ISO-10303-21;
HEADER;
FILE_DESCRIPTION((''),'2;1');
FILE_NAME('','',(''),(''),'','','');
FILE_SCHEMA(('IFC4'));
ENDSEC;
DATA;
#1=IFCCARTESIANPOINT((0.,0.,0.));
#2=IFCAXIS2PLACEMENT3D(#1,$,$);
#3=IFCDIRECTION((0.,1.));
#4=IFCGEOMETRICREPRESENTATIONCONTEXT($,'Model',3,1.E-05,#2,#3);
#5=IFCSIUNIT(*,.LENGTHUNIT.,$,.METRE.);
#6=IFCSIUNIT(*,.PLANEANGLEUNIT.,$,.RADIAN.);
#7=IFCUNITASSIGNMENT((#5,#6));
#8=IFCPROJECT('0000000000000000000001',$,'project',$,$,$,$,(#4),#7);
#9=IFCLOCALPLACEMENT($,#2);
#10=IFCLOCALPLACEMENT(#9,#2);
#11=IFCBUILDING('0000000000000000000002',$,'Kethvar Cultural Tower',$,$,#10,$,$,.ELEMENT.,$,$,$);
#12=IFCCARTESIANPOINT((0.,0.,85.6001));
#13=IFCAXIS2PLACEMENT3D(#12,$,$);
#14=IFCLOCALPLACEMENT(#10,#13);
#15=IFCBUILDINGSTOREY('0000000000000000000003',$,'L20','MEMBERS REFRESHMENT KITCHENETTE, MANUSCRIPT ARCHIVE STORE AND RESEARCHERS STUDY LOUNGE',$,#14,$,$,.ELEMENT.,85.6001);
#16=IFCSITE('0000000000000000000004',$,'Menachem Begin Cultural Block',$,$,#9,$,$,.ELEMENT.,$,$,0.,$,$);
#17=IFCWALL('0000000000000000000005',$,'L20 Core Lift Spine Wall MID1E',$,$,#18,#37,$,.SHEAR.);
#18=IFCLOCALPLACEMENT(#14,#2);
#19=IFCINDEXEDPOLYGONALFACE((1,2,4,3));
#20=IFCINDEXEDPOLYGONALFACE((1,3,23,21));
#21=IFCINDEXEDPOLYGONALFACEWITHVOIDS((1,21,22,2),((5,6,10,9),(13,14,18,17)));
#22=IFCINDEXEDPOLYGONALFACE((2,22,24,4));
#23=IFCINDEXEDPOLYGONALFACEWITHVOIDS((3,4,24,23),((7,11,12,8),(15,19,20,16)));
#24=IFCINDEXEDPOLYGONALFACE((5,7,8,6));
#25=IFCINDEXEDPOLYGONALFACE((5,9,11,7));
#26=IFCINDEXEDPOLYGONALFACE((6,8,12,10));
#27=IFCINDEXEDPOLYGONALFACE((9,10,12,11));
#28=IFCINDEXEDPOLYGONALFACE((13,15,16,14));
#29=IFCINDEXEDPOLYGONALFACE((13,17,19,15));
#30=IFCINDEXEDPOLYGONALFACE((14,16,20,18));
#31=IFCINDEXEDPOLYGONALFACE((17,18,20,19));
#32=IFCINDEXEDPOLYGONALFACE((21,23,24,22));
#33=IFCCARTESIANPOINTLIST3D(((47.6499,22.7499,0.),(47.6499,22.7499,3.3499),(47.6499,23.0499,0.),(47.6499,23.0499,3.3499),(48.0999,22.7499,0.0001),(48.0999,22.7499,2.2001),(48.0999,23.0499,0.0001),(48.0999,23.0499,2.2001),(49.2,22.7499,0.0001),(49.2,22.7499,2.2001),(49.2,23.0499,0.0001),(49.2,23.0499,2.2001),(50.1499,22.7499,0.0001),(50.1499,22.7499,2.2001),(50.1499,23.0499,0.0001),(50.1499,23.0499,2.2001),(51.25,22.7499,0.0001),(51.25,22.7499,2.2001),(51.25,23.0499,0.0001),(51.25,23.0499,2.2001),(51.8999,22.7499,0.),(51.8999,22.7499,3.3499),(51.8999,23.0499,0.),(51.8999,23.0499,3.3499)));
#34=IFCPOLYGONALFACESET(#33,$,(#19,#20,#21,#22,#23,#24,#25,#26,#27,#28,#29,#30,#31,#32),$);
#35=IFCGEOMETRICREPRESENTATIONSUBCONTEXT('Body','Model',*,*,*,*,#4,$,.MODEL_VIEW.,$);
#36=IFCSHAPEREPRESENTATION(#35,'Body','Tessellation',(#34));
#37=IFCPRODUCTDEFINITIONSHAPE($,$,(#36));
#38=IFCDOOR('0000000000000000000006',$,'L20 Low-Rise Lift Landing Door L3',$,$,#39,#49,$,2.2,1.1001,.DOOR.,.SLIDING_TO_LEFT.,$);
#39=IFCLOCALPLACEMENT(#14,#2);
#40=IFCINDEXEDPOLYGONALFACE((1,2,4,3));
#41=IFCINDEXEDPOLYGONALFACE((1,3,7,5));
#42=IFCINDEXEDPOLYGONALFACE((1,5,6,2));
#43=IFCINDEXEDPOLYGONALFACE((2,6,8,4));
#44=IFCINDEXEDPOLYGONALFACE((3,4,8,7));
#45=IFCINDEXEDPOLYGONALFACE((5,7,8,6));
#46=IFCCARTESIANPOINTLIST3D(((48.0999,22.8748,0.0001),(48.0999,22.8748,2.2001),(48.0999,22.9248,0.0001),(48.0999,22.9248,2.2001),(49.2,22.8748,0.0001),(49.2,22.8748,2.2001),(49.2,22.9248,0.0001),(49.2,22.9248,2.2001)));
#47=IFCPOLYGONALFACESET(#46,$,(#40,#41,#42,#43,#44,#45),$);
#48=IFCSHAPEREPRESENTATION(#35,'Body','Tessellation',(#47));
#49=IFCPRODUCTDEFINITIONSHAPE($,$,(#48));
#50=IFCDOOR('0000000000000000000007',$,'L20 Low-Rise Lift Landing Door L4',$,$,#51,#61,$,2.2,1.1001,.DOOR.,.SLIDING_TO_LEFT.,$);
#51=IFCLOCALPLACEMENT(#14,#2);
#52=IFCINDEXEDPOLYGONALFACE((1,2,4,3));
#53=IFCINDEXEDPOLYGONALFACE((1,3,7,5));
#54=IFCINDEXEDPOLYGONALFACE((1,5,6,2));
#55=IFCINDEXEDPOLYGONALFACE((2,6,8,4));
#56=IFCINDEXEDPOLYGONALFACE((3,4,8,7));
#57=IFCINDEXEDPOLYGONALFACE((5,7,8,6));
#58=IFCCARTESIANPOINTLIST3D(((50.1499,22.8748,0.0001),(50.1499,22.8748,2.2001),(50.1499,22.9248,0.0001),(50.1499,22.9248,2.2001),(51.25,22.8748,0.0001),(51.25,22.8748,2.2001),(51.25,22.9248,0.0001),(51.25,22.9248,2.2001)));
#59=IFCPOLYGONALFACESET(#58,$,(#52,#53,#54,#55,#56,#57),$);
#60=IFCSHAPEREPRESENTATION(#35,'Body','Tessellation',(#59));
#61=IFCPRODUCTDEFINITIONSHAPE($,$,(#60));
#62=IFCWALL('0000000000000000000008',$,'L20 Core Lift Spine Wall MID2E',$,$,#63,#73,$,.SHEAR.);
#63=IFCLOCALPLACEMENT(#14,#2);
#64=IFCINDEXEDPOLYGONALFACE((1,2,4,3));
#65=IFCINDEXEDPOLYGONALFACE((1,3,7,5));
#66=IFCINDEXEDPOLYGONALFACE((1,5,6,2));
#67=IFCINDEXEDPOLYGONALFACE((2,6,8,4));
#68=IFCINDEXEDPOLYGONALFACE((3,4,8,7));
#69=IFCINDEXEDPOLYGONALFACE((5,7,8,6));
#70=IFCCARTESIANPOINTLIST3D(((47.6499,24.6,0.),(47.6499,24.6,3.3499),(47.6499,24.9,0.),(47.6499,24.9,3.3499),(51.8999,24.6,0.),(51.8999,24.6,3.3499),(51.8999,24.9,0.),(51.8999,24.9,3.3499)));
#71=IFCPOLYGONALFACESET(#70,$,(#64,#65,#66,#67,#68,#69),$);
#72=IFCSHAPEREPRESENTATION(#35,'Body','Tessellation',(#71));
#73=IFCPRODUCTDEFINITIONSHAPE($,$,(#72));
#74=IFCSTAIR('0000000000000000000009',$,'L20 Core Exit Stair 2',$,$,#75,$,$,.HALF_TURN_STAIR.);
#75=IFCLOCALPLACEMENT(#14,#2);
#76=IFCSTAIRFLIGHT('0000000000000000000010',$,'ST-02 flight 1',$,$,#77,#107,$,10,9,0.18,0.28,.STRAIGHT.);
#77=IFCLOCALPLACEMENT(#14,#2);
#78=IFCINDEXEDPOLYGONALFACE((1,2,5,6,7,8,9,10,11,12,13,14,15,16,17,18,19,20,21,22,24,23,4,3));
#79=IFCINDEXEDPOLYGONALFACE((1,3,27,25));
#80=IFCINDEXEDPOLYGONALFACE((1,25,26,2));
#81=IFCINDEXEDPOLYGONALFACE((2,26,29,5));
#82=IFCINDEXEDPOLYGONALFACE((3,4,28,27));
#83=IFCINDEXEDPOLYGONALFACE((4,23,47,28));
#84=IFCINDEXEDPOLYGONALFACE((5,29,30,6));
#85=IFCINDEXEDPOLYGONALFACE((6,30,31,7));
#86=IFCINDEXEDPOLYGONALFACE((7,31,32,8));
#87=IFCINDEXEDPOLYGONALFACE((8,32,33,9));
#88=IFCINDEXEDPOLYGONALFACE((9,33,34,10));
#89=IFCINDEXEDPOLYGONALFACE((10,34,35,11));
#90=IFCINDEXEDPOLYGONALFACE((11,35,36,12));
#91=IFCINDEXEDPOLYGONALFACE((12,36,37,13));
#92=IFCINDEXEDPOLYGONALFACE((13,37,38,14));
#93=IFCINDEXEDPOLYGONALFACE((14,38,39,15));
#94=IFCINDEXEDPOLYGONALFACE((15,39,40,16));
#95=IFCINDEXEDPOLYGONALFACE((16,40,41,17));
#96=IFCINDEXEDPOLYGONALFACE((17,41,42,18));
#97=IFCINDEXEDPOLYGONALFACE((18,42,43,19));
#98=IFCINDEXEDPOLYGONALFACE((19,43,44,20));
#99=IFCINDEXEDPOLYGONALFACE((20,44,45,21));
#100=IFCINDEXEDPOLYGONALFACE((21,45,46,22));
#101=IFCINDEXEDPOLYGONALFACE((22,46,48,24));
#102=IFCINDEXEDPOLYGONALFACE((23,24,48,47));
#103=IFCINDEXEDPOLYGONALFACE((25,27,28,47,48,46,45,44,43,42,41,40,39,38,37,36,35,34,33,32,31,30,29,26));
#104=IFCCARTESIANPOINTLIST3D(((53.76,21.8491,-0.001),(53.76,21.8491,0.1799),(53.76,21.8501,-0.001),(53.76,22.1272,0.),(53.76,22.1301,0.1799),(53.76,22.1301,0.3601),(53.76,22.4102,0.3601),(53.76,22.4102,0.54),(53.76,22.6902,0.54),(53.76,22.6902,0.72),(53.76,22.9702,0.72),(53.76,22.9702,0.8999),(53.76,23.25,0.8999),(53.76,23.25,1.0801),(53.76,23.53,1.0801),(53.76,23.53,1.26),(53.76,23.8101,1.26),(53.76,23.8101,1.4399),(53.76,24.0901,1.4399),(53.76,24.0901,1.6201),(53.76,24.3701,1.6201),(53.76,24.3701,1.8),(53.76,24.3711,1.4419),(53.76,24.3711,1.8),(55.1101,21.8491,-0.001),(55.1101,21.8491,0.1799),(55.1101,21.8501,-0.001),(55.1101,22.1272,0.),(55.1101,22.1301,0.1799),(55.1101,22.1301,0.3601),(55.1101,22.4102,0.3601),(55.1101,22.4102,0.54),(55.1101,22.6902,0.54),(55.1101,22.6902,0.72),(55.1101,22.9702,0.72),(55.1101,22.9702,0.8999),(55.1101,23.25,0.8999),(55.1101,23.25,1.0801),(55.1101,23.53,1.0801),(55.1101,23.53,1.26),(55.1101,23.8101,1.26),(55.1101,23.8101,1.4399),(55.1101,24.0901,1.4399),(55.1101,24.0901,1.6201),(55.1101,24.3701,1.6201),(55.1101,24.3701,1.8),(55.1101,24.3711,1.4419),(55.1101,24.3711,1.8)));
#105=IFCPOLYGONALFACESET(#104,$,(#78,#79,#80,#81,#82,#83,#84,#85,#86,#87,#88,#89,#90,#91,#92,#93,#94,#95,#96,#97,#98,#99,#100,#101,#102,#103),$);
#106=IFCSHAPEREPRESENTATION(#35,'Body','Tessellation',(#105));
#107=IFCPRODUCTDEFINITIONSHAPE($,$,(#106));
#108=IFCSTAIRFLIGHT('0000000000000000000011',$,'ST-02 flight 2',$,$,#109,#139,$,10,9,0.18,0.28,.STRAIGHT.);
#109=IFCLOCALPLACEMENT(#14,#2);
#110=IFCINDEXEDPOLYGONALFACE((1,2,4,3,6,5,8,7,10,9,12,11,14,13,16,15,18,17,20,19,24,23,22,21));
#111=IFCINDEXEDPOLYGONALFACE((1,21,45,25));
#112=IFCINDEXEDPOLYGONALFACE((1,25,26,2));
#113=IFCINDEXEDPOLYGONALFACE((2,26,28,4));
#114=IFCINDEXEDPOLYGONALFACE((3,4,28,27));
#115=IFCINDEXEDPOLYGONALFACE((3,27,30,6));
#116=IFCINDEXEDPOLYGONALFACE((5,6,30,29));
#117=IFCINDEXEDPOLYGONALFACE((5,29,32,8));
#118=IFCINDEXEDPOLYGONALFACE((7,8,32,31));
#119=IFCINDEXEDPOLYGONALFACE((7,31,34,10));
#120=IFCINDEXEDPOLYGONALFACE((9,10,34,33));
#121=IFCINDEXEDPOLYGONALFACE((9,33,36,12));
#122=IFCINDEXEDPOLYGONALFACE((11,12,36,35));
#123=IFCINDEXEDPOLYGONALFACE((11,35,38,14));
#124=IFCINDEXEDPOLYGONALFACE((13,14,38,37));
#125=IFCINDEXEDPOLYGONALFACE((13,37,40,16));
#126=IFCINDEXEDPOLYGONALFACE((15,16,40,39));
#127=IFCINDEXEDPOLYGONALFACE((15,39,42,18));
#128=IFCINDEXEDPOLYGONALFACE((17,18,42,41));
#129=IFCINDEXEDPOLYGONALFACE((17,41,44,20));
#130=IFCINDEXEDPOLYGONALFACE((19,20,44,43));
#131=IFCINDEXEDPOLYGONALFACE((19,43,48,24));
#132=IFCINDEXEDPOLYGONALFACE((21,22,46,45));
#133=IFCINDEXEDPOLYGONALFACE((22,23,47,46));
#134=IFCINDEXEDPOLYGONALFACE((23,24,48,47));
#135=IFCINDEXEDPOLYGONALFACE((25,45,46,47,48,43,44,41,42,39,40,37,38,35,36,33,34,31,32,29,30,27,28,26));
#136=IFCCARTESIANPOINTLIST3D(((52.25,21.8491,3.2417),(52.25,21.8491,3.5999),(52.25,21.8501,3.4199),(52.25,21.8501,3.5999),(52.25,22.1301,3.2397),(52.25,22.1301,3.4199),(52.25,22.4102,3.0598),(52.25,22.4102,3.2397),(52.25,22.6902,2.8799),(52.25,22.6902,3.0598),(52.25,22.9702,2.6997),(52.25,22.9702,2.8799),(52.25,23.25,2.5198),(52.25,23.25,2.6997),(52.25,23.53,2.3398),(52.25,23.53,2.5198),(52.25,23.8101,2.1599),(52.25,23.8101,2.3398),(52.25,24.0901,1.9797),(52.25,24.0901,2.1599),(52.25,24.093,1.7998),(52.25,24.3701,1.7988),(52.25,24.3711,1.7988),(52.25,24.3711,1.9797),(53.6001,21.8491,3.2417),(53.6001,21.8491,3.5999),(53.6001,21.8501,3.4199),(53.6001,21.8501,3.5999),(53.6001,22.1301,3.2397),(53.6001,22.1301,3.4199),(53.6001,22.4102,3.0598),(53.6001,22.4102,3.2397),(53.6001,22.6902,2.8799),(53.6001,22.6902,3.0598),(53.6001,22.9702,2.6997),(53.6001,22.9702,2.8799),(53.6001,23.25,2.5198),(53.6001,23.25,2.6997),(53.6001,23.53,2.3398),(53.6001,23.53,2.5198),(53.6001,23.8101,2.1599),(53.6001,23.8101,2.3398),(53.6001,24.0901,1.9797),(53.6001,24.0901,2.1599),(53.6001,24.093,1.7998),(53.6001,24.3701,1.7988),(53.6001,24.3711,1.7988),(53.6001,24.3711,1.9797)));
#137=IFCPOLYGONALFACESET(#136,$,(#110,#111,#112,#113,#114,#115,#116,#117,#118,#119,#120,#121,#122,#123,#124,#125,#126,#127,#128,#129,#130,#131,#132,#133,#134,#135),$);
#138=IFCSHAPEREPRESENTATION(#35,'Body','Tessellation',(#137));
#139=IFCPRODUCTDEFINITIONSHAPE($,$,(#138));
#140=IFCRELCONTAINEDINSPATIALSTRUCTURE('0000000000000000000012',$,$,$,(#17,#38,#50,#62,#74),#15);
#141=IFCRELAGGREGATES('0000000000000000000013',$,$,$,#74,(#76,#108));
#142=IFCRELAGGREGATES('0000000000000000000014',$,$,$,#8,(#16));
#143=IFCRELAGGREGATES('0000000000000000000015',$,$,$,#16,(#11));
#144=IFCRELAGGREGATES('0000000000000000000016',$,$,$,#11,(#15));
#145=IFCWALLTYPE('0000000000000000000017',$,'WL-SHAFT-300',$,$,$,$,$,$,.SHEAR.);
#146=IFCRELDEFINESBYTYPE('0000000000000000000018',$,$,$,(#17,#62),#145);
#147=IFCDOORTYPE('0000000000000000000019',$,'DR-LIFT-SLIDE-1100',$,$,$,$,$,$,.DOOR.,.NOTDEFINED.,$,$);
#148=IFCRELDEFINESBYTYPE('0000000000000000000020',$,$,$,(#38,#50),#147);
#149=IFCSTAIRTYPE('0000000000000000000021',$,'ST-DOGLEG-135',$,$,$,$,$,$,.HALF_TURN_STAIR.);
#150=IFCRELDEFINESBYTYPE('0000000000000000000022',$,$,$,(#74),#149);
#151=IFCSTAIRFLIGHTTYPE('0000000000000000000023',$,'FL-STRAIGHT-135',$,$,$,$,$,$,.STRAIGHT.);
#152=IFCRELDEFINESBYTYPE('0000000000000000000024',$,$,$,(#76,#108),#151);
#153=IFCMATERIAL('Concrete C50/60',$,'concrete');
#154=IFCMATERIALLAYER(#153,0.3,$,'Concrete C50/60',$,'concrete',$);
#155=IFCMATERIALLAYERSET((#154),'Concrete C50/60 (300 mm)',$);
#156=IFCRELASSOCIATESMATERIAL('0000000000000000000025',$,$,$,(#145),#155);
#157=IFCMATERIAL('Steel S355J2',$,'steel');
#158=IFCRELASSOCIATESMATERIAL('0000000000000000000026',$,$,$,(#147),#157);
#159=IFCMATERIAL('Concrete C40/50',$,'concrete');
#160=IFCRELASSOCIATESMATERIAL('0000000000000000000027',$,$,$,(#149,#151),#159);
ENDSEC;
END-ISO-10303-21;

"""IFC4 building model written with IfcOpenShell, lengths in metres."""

from ifc_helpers import new_model, si_unit, direction, frame, frame_2d, origin, place, context, subcontext, project, spatial, polyline, rectangle, outline, extrude, source, transform, mapped, material, layer, layer_set, type_object, element, fill, aggregate, save


model = new_model("IFC4")

# Units and contexts
model_context = context("Model", 3, precision=1e-05, world=origin(), true_north=direction((0.0, 1.0)))
body_context = subcontext(model_context, "Body", "Model", "MODEL_VIEW")
ifc_project = project(units=[si_unit("LENGTHUNIT", "METRE"), si_unit("PLANEANGLEUNIT", "RADIAN")], contexts=[model_context])

# Site, building, storey
site_placement = place(None, origin())
site = spatial("IfcSite", under=ifc_project, at=site_placement, Name="Menachem Begin Cultural Block", CompositionType="ELEMENT", RefElevation=0.0)
building_placement = place(site_placement, origin())
building = spatial("IfcBuilding", under=site, at=building_placement, Name="Kethvar Cultural Tower", CompositionType="ELEMENT")
storey_placement = place(building_placement, frame((0.0, 0.0, 85.6001)))
storey = spatial("IfcBuildingStorey", under=building, at=storey_placement, Name="L20", Description="MEMBERS REFRESHMENT KITCHENETTE, MANUSCRIPT ARCHIVE STORE AND RESEARCHERS STUDY LOUNGE", CompositionType="ELEMENT", Elevation=85.6001)

# Shared definitions
ifc_material_1 = material(Name="Steel S355J2", Category="steel")

# Shared definitions
ifc_material_2 = material(Name="Concrete C40/50", Category="concrete")

# Wall, openings, doors
ifc_material_3 = material(Name="Concrete C50/60", Category="concrete")
ifc_layer_1 = layer(ifc_material_3, 0.3, Name="Concrete C50/60", Category="concrete")
ifc_layer_set_1 = layer_set([ifc_layer_1], Name="Concrete C50/60 (300 mm)")
wall_type_1 = type_object("IfcWallType", Name="WL-SHAFT-300", PredefinedType="SHEAR", material=ifc_layer_set_1)
wall_1_placement = place(storey_placement, frame((47.6499, 22.8999, 0.0), z_axis=(0.0, 0.0, 1.0), x_axis=(1.0, 0.0, 0.0)))
wall_1 = element("IfcWall", 1, at=wall_1_placement, inside=storey, type_object=wall_type_1, Name="L20 Core Lift Spine Wall MID1E", PredefinedType="SHEAR", context=body_context, shape_type="SweptSolid", body=[
    extrude(rectangle(XDim=4.25, YDim=0.3, at=frame_2d((2.125, 0.0))), origin(), (0.0, 0.0, 1.0), 3.3499),
])
opening_1_placement = place(wall_1_placement, frame((0.45, 0.0, 0.0)))
opening_1 = element("IfcOpeningElement", 2, at=opening_1_placement, cuts=wall_1, PredefinedType="OPENING", context=body_context, shape_type="SweptSolid", body=[
    extrude(rectangle(XDim=1.1001, YDim=2.2, at=frame_2d((0.55, 1.1001))), frame((0.0, 0.1599, 0.0), z_axis=(0.0, -1.0, 0.0), x_axis=(1.0, 0.0, 0.0)), (0.0, 0.0, 1.0), 0.3201),
])
opening_2_placement = place(wall_1_placement, frame((2.5, 0.0, 0.0)))
opening_2 = element("IfcOpeningElement", 3, at=opening_2_placement, cuts=wall_1, PredefinedType="OPENING", context=body_context, shape_type="SweptSolid", body=[
    extrude(rectangle(XDim=1.1001, YDim=2.2, at=frame_2d((0.55, 1.1001))), frame((0.0, 0.1599, 0.0), z_axis=(0.0, -1.0, 0.0), x_axis=(1.0, 0.0, 0.0)), (0.0, 0.0, 1.0), 0.3201),
])
door_type = type_object("IfcDoorType", Name="DR-LIFT-SLIDE-1100", OperationType="NOTDEFINED", PredefinedType="DOOR", material=ifc_material_1)
shared_shape_1 = source(origin(), body_context, "Body", "SweptSolid", [
    extrude(rectangle(XDim=1.1001, YDim=2.2, at=frame_2d((0.55, 1.1001))), frame((0.0, 0.0249, 0.0), z_axis=(0.0, -1.0, 0.0), x_axis=(1.0, 0.0, 0.0)), (0.0, 0.0, 1.0), 0.05),
])
door_1_placement = place(opening_1_placement, origin())
door_1 = element("IfcDoor", 4, at=door_1_placement, inside=storey, type_object=door_type, Name="L20 Low-Rise Lift Landing Door L3", OperationType="SLIDING_TO_LEFT", OverallHeight=2.2, OverallWidth=1.1001, PredefinedType="DOOR", context=body_context, shape_type="MappedRepresentation", body=[
    mapped(shared_shape_1, transform((0.0, 0.0, 0.0), scale=1.0)),
])
fill(opening_1, door_1)
door_2_placement = place(opening_2_placement, origin())
door_2 = element("IfcDoor", 5, at=door_2_placement, inside=storey, type_object=door_type, Name="L20 Low-Rise Lift Landing Door L4", OperationType="SLIDING_TO_LEFT", OverallHeight=2.2, OverallWidth=1.1001, PredefinedType="DOOR", context=body_context, shape_type="MappedRepresentation", body=[
    mapped(shared_shape_1, transform((0.0, 0.0, 0.0), scale=1.0)),
])
fill(opening_2, door_2)

# Wall
wall_2_placement = place(storey_placement, frame((47.6499, 24.75, 0.0), z_axis=(0.0, 0.0, 1.0), x_axis=(1.0, 0.0, 0.0)))
element("IfcWall", 6, at=wall_2_placement, inside=storey, type_object=wall_type_1, Name="L20 Core Lift Spine Wall MID2E", PredefinedType="SHEAR", context=body_context, shape_type="SweptSolid", body=[
    extrude(rectangle(XDim=4.25, YDim=0.3, at=frame_2d((2.125, 0.0))), origin(), (0.0, 0.0, 1.0), 3.3499),
])

# Stair, stair flights
stair_type = type_object("IfcStairType", Name="ST-DOGLEG-135", PredefinedType="HALF_TURN_STAIR", material=ifc_material_2)
stair_placement = place(storey_placement, origin())
stair = element("IfcStair", 7, at=stair_placement, inside=storey, type_object=stair_type, Name="L20 Core Exit Stair 2", PredefinedType="HALF_TURN_STAIR")
stair_flight_type = type_object("IfcStairFlightType", Name="FL-STRAIGHT-135", PredefinedType="STRAIGHT", material=ifc_material_2)
stair_flight_1_placement = place(storey_placement, frame((54.4351, 21.8501, 0.0), z_axis=(0.0, 0.0, 1.0), x_axis=(0.0, 1.0, 0.0)))
stair_flight_1 = element("IfcStairFlight", 8, at=stair_flight_1_placement, type_object=stair_flight_type, Name="ST-02 flight 1", NumberOfRisers=10, NumberOfTreads=9, PredefinedType="STRAIGHT", RiserHeight=0.18, TreadLength=0.28, context=body_context, shape_type="SweptSolid", body=[
    extrude(outline(polyline([(-0.001, -0.001), (-0.001, 0.1799), (0.28, 0.1799), (0.28, 0.3601), (0.5601, 0.3601), (0.5601, 0.54), (0.8401, 0.54), (0.8401, 0.72), (1.1201, 0.72), (1.1201, 0.8999), (1.3999, 0.8999), (1.3999, 1.0801), (1.6799, 1.0801), (1.6799, 1.26), (1.96, 1.26), (1.96, 1.4399), (2.24, 1.4399), (2.24, 1.6201), (2.52, 1.6201), (2.52, 1.8), (2.521, 1.8), (2.521, 1.4419), (0.2771, 0.0), (0.0, -0.001), (-0.001, -0.001)])), frame((0.0, 0.675, 0.0), z_axis=(0.0, -1.0, 0.0), x_axis=(1.0, 0.0, 0.0)), (0.0, 0.0, 1.0), 1.3501),
])
stair_flight_2_placement = place(storey_placement, frame((52.925, 24.3701, 1.7998), z_axis=(0.0, 0.0, 1.0), x_axis=(0.0, -1.0, 0.0)))
stair_flight_2 = element("IfcStairFlight", 9, at=stair_flight_2_placement, type_object=stair_flight_type, Name="ST-02 flight 2", NumberOfRisers=10, NumberOfTreads=9, PredefinedType="STRAIGHT", RiserHeight=0.18, TreadLength=0.28, context=body_context, shape_type="SweptSolid", body=[
    extrude(outline(polyline([(-0.001, -0.001), (-0.001, 0.1799), (0.28, 0.1799), (0.28, 0.3601), (0.5601, 0.3601), (0.5601, 0.54), (0.8401, 0.54), (0.8401, 0.72), (1.1201, 0.72), (1.1201, 0.8999), (1.3999, 0.8999), (1.3999, 1.0801), (1.6799, 1.0801), (1.6799, 1.26), (1.96, 1.26), (1.96, 1.4399), (2.24, 1.4399), (2.24, 1.6201), (2.52, 1.6201), (2.52, 1.8), (2.521, 1.8), (2.521, 1.4419), (0.2771, 0.0), (0.0, -0.001), (-0.001, -0.001)])), frame((0.0, 0.675, 0.0), z_axis=(0.0, -1.0, 0.0), x_axis=(1.0, 0.0, 0.0)), (0.0, 0.0, 1.0), 1.3501),
])
aggregate(stair, [stair_flight_1, stair_flight_2])

save(model, "model.ifc")
